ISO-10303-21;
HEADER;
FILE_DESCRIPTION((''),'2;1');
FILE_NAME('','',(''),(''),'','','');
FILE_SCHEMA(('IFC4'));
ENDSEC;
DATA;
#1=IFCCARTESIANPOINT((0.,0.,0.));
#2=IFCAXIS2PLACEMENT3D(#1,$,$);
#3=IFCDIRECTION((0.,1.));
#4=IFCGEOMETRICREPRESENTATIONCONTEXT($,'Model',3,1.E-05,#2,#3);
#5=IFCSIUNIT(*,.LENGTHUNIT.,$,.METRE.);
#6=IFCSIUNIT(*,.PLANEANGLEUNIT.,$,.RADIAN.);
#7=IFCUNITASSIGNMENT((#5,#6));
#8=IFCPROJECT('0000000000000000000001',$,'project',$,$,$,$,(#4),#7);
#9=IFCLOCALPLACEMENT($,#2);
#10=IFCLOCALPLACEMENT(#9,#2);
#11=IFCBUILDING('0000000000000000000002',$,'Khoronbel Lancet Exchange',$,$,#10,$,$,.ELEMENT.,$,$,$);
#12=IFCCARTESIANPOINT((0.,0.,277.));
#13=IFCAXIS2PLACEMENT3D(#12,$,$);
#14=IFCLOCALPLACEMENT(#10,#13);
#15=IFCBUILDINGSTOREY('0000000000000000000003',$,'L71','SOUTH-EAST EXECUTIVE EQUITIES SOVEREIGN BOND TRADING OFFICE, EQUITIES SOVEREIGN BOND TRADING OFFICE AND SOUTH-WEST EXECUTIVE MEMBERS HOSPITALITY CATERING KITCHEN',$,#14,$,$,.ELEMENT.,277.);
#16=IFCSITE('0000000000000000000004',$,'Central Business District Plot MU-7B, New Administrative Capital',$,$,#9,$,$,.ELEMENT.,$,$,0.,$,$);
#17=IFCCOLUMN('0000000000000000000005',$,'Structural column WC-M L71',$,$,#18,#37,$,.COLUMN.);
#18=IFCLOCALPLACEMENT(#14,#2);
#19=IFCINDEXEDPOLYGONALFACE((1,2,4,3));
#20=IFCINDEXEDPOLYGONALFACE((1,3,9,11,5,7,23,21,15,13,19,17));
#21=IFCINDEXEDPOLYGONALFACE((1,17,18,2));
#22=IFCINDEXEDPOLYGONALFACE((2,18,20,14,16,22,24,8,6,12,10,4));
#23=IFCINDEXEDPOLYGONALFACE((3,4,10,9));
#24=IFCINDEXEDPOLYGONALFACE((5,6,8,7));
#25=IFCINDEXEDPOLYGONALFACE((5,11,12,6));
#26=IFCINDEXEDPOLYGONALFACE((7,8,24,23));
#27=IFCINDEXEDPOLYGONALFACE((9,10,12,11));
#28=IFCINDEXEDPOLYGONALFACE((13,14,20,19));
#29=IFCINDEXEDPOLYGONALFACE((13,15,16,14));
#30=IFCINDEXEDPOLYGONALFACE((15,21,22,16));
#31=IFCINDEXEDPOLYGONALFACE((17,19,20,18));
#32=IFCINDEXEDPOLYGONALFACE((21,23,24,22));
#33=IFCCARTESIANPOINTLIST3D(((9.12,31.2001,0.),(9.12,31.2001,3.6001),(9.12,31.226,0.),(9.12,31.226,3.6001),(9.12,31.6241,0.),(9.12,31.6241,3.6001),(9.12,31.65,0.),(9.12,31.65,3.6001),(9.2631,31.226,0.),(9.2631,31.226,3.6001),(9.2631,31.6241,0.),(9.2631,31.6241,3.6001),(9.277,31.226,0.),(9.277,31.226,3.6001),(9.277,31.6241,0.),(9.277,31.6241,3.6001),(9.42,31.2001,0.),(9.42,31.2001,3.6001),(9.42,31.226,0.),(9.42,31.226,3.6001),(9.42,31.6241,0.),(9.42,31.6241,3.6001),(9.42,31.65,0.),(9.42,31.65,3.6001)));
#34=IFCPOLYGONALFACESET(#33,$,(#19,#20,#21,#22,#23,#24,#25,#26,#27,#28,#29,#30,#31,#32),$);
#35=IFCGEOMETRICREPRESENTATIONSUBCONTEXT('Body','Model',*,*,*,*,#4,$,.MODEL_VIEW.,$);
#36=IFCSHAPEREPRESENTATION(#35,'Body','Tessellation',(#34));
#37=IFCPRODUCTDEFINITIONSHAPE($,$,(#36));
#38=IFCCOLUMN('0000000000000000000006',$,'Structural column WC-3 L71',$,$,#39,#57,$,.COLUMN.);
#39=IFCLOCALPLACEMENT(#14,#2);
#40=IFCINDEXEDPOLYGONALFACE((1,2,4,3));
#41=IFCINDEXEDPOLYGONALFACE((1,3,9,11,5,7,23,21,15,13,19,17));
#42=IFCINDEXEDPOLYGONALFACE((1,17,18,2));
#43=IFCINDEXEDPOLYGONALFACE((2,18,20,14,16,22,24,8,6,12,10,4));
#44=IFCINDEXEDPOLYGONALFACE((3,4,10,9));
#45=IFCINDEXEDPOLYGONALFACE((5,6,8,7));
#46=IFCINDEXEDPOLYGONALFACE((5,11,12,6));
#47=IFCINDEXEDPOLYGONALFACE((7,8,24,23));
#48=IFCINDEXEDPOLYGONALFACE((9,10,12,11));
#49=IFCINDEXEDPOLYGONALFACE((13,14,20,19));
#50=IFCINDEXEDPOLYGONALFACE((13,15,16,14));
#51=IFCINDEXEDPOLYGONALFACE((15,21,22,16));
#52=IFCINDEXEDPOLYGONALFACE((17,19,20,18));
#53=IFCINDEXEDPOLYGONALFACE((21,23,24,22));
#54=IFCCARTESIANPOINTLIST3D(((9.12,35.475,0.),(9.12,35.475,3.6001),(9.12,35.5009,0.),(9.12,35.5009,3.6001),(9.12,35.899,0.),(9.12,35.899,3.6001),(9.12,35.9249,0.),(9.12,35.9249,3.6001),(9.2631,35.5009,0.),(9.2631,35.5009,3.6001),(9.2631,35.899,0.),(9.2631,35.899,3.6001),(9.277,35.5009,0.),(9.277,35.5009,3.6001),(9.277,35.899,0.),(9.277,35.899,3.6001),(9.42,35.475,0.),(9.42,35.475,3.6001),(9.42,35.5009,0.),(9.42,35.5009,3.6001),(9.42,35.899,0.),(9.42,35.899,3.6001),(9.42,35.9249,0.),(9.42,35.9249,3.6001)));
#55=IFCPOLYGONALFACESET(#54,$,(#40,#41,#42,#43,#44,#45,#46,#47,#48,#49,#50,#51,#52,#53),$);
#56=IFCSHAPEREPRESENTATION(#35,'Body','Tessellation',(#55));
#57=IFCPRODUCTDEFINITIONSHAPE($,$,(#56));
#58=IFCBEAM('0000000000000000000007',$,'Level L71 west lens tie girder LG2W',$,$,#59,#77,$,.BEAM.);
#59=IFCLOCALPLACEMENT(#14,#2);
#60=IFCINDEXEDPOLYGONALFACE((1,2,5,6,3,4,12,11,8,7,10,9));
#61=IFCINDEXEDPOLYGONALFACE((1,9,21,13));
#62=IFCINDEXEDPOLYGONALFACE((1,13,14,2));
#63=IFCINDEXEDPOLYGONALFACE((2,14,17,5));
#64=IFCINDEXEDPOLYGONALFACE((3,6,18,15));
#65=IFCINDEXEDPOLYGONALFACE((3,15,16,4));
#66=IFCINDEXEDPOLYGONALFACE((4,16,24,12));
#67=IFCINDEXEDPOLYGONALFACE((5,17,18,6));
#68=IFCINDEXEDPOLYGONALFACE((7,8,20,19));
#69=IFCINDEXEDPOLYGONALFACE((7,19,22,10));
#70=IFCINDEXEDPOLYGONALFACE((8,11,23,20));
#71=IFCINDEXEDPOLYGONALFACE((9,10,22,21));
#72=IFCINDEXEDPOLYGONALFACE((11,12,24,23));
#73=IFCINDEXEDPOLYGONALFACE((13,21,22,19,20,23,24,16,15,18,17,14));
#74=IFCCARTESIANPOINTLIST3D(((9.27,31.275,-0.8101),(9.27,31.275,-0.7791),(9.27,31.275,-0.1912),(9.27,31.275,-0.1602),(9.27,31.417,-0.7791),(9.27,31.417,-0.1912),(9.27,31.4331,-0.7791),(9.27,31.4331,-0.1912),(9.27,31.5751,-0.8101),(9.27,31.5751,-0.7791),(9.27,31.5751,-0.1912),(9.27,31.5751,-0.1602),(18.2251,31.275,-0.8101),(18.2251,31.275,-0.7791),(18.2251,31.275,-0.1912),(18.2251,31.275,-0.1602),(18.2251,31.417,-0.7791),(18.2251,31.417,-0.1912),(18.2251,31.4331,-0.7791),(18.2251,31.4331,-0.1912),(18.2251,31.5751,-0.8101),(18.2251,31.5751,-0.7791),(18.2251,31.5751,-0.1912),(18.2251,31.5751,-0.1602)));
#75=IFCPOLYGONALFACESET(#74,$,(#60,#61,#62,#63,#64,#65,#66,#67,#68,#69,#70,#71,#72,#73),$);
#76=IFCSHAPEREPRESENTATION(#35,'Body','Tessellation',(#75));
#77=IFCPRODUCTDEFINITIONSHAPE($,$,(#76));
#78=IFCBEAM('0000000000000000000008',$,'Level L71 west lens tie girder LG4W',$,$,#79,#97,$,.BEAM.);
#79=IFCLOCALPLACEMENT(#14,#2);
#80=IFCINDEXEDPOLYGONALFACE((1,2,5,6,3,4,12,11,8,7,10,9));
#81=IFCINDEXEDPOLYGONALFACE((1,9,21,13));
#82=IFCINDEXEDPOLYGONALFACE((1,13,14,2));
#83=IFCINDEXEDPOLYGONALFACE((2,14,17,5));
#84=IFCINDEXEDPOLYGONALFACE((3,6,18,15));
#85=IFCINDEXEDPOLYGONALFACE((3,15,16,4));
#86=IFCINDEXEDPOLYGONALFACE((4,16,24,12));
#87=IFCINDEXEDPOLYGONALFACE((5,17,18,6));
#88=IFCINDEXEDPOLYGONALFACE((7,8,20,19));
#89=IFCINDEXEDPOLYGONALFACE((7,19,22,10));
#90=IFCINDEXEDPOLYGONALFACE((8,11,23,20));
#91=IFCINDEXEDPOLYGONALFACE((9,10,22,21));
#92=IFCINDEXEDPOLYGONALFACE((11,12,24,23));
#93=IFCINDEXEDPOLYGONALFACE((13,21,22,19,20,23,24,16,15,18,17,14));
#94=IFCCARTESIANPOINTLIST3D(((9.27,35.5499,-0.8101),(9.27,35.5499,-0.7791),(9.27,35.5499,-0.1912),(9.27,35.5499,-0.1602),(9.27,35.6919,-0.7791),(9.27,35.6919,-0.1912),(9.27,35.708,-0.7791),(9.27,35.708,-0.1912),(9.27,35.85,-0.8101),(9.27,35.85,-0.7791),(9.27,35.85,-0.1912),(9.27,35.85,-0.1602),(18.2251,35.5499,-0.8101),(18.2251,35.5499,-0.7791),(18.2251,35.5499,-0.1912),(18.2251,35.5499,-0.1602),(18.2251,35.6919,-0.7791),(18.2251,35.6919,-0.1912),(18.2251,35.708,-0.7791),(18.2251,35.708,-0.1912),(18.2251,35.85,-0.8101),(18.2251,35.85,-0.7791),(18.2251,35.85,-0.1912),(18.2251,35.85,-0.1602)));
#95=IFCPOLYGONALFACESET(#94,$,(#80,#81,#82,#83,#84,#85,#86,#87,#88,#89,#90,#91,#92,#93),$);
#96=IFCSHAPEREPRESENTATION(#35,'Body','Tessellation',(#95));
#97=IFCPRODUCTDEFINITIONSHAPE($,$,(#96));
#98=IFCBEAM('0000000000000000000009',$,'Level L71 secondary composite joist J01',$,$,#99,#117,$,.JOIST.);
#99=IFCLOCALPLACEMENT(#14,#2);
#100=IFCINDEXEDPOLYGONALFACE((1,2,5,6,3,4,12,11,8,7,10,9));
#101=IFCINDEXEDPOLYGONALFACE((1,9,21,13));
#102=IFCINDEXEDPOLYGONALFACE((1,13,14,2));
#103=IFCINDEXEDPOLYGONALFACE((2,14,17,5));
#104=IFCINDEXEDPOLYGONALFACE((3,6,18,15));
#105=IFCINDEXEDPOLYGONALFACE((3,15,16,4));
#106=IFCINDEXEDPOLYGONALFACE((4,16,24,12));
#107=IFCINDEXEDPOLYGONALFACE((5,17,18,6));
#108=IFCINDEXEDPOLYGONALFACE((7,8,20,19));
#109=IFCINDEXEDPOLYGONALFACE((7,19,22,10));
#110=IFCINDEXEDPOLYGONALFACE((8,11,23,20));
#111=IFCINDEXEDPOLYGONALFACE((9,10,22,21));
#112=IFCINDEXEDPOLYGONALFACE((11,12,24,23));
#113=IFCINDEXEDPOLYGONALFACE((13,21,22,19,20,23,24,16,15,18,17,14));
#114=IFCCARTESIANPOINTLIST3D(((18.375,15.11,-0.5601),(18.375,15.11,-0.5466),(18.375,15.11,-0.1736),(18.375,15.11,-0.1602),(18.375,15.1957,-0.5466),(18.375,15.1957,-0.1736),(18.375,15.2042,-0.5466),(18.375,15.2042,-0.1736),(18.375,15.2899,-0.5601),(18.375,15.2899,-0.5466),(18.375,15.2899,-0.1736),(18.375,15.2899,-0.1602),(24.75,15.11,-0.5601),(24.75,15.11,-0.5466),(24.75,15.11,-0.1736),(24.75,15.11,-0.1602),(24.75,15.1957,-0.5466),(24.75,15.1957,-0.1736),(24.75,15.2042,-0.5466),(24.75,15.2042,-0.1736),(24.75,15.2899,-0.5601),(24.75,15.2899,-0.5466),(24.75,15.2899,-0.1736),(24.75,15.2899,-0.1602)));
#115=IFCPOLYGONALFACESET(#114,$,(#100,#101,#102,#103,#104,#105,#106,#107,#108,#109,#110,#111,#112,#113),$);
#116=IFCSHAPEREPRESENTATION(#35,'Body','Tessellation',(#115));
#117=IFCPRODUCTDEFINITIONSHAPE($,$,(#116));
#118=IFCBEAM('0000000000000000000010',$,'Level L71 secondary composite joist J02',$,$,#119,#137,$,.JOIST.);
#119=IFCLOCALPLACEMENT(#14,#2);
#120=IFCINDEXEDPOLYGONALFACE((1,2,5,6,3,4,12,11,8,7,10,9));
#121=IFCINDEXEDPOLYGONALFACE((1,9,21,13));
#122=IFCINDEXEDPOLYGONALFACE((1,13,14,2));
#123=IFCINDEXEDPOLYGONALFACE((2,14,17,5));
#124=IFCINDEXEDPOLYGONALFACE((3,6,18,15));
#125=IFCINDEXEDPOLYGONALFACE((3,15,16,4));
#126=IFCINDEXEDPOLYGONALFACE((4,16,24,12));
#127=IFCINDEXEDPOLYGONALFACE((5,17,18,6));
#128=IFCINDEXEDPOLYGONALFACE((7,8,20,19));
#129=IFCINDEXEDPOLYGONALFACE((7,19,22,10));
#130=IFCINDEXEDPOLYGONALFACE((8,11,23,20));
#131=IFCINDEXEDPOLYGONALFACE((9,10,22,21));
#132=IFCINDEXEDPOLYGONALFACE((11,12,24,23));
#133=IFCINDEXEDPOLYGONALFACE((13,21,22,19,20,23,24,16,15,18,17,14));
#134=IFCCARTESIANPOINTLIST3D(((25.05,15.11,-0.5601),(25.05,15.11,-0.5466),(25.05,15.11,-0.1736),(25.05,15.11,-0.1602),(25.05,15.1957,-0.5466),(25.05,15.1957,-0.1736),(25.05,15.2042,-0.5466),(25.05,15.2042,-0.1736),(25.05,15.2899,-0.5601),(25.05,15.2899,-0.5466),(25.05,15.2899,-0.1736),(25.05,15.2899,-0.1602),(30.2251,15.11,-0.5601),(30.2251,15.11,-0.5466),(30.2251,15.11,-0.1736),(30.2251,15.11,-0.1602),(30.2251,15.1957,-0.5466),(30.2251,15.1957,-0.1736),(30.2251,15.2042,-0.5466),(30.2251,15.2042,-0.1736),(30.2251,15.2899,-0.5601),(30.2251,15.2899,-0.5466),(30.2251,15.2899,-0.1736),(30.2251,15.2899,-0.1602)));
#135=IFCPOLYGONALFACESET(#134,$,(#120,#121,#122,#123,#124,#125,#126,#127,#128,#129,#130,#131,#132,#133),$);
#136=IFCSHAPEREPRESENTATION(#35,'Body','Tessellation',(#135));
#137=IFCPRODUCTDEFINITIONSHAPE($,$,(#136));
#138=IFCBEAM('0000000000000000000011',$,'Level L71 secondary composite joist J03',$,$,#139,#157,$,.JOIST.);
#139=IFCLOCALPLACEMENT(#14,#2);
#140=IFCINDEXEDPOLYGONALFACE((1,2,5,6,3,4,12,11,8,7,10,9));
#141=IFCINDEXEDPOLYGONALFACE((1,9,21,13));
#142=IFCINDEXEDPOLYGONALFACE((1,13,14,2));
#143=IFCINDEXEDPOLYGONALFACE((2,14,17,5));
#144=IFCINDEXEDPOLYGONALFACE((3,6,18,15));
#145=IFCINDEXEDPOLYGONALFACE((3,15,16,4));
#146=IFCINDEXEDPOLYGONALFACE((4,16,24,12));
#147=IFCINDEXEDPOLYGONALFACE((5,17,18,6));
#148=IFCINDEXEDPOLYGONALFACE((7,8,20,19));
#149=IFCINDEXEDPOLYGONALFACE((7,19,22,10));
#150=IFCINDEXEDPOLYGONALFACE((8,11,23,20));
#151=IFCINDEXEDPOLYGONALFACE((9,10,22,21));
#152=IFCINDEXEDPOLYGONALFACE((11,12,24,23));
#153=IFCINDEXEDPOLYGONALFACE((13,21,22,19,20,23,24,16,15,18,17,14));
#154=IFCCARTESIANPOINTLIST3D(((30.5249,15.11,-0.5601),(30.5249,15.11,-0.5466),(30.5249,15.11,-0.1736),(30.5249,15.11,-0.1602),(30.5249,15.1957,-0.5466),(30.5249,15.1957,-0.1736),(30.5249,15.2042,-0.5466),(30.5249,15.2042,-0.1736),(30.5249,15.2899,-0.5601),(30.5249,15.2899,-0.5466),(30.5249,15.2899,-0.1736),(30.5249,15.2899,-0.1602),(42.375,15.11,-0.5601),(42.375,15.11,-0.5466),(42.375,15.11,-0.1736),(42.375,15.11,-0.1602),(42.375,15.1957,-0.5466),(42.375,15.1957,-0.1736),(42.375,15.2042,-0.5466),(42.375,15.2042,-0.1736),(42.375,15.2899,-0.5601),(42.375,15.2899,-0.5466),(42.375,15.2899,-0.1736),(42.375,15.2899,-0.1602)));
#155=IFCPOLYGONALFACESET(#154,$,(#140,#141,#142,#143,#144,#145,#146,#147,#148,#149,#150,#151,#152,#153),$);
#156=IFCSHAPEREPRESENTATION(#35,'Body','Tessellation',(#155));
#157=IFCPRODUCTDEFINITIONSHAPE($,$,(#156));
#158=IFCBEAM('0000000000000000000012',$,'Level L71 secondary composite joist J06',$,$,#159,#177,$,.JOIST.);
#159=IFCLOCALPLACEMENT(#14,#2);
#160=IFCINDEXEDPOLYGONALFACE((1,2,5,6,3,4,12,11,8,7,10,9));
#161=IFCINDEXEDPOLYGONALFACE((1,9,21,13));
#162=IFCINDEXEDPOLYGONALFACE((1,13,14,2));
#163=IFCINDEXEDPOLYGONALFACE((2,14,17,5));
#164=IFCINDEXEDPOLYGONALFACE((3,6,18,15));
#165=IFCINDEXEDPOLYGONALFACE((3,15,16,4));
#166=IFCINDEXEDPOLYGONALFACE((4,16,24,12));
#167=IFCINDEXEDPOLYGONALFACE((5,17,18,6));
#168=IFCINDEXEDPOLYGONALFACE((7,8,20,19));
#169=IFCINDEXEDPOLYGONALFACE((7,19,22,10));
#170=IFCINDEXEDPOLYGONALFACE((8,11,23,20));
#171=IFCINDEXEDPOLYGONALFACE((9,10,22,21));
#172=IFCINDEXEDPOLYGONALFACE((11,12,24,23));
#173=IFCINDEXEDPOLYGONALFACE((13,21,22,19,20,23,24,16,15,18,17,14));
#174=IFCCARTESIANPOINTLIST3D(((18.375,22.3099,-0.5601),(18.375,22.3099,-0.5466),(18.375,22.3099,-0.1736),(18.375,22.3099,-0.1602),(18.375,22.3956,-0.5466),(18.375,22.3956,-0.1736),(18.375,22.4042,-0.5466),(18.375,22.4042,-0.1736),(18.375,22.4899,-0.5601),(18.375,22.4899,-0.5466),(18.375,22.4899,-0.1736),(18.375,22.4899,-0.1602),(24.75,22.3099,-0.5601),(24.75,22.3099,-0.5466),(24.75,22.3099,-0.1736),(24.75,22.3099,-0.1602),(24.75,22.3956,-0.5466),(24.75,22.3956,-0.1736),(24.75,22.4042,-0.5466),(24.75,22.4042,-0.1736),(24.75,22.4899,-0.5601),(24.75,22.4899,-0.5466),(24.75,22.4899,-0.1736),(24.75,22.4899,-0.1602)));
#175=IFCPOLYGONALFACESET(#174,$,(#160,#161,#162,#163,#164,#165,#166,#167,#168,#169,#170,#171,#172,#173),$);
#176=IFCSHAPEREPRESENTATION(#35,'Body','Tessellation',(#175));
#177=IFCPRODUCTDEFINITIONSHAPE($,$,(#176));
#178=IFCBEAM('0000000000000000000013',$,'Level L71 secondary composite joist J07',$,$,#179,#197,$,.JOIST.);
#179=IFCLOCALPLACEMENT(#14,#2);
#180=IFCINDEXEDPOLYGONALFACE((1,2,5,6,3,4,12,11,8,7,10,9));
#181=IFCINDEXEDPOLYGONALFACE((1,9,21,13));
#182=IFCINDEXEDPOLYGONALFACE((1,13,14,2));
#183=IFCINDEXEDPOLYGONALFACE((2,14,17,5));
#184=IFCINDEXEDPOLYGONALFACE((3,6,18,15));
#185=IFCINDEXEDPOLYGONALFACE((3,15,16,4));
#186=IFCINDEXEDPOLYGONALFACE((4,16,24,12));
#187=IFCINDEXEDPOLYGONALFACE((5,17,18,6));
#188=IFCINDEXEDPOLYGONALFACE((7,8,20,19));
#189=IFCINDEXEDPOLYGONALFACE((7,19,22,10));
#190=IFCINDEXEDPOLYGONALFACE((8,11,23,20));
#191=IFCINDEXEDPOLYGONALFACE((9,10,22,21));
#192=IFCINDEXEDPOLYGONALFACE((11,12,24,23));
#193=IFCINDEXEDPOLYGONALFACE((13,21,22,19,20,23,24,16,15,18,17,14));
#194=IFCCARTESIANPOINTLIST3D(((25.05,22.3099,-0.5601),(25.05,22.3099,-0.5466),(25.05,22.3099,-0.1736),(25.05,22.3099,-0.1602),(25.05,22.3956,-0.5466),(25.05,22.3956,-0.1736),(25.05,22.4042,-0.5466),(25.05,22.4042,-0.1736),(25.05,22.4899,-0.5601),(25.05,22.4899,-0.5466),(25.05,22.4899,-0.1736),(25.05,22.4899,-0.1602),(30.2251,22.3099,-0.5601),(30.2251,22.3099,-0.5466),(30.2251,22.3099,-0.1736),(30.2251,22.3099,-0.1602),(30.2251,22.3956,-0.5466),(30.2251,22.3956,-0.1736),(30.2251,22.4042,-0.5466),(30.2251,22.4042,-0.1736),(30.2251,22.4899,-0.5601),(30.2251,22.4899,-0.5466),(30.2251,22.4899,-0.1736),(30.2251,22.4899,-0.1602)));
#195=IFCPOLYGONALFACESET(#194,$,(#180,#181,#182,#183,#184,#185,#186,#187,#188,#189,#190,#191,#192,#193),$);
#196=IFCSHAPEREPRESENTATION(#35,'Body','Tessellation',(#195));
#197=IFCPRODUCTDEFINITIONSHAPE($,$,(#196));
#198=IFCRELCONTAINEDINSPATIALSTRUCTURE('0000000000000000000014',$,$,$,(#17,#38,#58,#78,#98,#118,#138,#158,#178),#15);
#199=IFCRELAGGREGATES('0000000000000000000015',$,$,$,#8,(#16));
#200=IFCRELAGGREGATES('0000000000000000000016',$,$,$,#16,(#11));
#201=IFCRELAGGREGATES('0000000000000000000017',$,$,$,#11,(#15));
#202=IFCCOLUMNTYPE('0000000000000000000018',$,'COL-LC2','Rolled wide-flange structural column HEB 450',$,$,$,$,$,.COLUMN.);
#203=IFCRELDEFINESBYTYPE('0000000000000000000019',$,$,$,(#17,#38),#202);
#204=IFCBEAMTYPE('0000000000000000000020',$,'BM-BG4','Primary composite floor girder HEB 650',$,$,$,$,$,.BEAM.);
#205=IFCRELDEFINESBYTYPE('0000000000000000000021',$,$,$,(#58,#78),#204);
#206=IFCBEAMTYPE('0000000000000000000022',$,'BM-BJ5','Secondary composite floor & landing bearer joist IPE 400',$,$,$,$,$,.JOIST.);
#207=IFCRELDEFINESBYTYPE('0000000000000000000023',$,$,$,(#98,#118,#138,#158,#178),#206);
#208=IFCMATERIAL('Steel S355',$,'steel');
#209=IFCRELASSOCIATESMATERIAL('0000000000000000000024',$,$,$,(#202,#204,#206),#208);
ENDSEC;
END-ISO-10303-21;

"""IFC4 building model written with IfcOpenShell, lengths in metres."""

from ifc_helpers import new_model, si_unit, direction, frame, origin, origin_2d, place, context, subcontext, project, spatial, i_section, extrude, material, material_profile, profile_set, type_object, element, save


model = new_model("IFC4")

# Units and contexts
model_context = context("Model", 3, precision=1e-05, world=origin(), true_north=direction((0.0, 1.0)))
body_context = subcontext(model_context, "Body", "Model", "MODEL_VIEW")
ifc_project = project(units=[si_unit("LENGTHUNIT", "METRE"), si_unit("PLANEANGLEUNIT", "RADIAN")], contexts=[model_context])

# Site, building, storey
site_placement = place(None, origin())
site = spatial("IfcSite", under=ifc_project, at=site_placement, Name="Central Business District Plot MU-7B, New Administrative Capital", CompositionType="ELEMENT", RefElevation=0.0)
building_placement = place(site_placement, origin())
building = spatial("IfcBuilding", under=site, at=building_placement, Name="Khoronbel Lancet Exchange", CompositionType="ELEMENT")
storey_placement = place(building_placement, frame((0.0, 0.0, 277.0)))
storey = spatial("IfcBuildingStorey", under=building, at=storey_placement, Name="L71", Description="SOUTH-EAST EXECUTIVE EQUITIES SOVEREIGN BOND TRADING OFFICE, EQUITIES SOVEREIGN BOND TRADING OFFICE AND SOUTH-WEST EXECUTIVE MEMBERS HOSPITALITY CATERING KITCHEN", CompositionType="ELEMENT", Elevation=277.0)

# Columns
ifc_material_1 = material(Name="Steel S355", Category="steel")
ifc_material_profile_1 = material_profile(ifc_material_1, i_section(OverallWidth=0.3, OverallDepth=0.45, WebThickness=0.0139, FlangeThickness=0.0259, at=origin_2d()), Name="HEB 450")
ifc_profile_set_1 = profile_set([ifc_material_profile_1], Name="Steel S355")
column_type = type_object("IfcColumnType", Name="COL-LC2", Description="Rolled wide-flange structural column HEB 450", PredefinedType="COLUMN", material=ifc_profile_set_1)
for number, where, z_axis, x_axis, name in (
    (1, (9.27, 31.425, 0.0), (0.0, 0.0, 1.0), (1.0, 0.0, 0.0), "Structural column WC-M L71"),
    (2, (9.27, 35.7, 0.0), (0.0, 0.0, 1.0), (1.0, 0.0, 0.0), "Structural column WC-3 L71"),
):
    element("IfcColumn", number, at=place(storey_placement, frame(where, z_axis=z_axis, x_axis=x_axis)), inside=storey, type_object=column_type, Name=name, PredefinedType="COLUMN", context=body_context, shape_type="SweptSolid", body=[
        extrude(i_section(OverallWidth=0.3, OverallDepth=0.45, WebThickness=0.0139, FlangeThickness=0.0259, at=origin_2d()), origin(), (0.0, 0.0, 1.0), 3.6001),
    ])

# Beams
ifc_material_profile_2 = material_profile(ifc_material_1, i_section(OverallWidth=0.3, OverallDepth=0.6499, WebThickness=0.0161, FlangeThickness=0.031, at=origin_2d()), Name="HEB 650")
ifc_profile_set_2 = profile_set([ifc_material_profile_2], Name="Steel S355")
beam_type_1 = type_object("IfcBeamType", Name="BM-BG4", Description="Primary composite floor girder HEB 650", PredefinedType="BEAM", material=ifc_profile_set_2)
for number, where, z_axis, x_axis, name in (
    (3, (9.27, 31.425, -0.4851), (1.0, 0.0, 0.0), (0.0, 1.0, 0.0), "Level L71 west lens tie girder LG2W"),
    (4, (9.27, 35.7, -0.4851), (1.0, 0.0, 0.0), (0.0, 1.0, 0.0), "Level L71 west lens tie girder LG4W"),
):
    element("IfcBeam", number, at=place(storey_placement, frame(where, z_axis=z_axis, x_axis=x_axis)), inside=storey, type_object=beam_type_1, Name=name, PredefinedType="BEAM", context=body_context, shape_type="SweptSolid", body=[
        extrude(i_section(OverallWidth=0.3, OverallDepth=0.6499, WebThickness=0.0161, FlangeThickness=0.031, at=origin_2d()), origin(), (0.0, 0.0, 1.0), 8.9551),
    ])
ifc_material_profile_3 = material_profile(ifc_material_1, i_section(OverallWidth=0.1799, OverallDepth=0.3999, WebThickness=0.0085, FlangeThickness=0.0134, at=origin_2d()), Name="IPE 400")
ifc_profile_set_3 = profile_set([ifc_material_profile_3], Name="Steel S355")
beam_type_2 = type_object("IfcBeamType", Name="BM-BJ5", Description="Secondary composite floor & landing bearer joist IPE 400", PredefinedType="JOIST", material=ifc_profile_set_3)
beam_1_placement = place(storey_placement, frame((18.375, 15.2, -0.3601), z_axis=(1.0, 0.0, 0.0), x_axis=(0.0, 1.0, 0.0)))
element("IfcBeam", 5, at=beam_1_placement, inside=storey, type_object=beam_type_2, Name="Level L71 secondary composite joist J01", PredefinedType="JOIST", context=body_context, shape_type="SweptSolid", body=[
    extrude(i_section(OverallWidth=0.1799, OverallDepth=0.3999, WebThickness=0.0085, FlangeThickness=0.0134, at=origin_2d()), origin(), (0.0, 0.0, 1.0), 6.375),
])
beam_2_placement = place(storey_placement, frame((25.05, 15.2, -0.3601), z_axis=(1.0, 0.0, 0.0), x_axis=(0.0, 1.0, 0.0)))
element("IfcBeam", 6, at=beam_2_placement, inside=storey, type_object=beam_type_2, Name="Level L71 secondary composite joist J02", PredefinedType="JOIST", context=body_context, shape_type="SweptSolid", body=[
    extrude(i_section(OverallWidth=0.1799, OverallDepth=0.3999, WebThickness=0.0085, FlangeThickness=0.0134, at=origin_2d()), origin(), (0.0, 0.0, 1.0), 5.175),
])
beam_3_placement = place(storey_placement, frame((30.5249, 15.2, -0.3601), z_axis=(1.0, 0.0, 0.0), x_axis=(0.0, 1.0, 0.0)))
element("IfcBeam", 7, at=beam_3_placement, inside=storey, type_object=beam_type_2, Name="Level L71 secondary composite joist J03", PredefinedType="JOIST", context=body_context, shape_type="SweptSolid", body=[
    extrude(i_section(OverallWidth=0.1799, OverallDepth=0.3999, WebThickness=0.0085, FlangeThickness=0.0134, at=origin_2d()), origin(), (0.0, 0.0, 1.0), 11.8501),
])
beam_4_placement = place(storey_placement, frame((18.375, 22.3999, -0.3601), z_axis=(1.0, 0.0, 0.0), x_axis=(0.0, 1.0, 0.0)))
element("IfcBeam", 8, at=beam_4_placement, inside=storey, type_object=beam_type_2, Name="Level L71 secondary composite joist J06", PredefinedType="JOIST", context=body_context, shape_type="SweptSolid", body=[
    extrude(i_section(OverallWidth=0.1799, OverallDepth=0.3999, WebThickness=0.0085, FlangeThickness=0.0134, at=origin_2d()), origin(), (0.0, 0.0, 1.0), 6.375),
])
beam_5_placement = place(storey_placement, frame((25.05, 22.3999, -0.3601), z_axis=(1.0, 0.0, 0.0), x_axis=(0.0, 1.0, 0.0)))
element("IfcBeam", 9, at=beam_5_placement, inside=storey, type_object=beam_type_2, Name="Level L71 secondary composite joist J07", PredefinedType="JOIST", context=body_context, shape_type="SweptSolid", body=[
    extrude(i_section(OverallWidth=0.1799, OverallDepth=0.3999, WebThickness=0.0085, FlangeThickness=0.0134, at=origin_2d()), origin(), (0.0, 0.0, 1.0), 5.175),
])

save(model, "model.ifc")
